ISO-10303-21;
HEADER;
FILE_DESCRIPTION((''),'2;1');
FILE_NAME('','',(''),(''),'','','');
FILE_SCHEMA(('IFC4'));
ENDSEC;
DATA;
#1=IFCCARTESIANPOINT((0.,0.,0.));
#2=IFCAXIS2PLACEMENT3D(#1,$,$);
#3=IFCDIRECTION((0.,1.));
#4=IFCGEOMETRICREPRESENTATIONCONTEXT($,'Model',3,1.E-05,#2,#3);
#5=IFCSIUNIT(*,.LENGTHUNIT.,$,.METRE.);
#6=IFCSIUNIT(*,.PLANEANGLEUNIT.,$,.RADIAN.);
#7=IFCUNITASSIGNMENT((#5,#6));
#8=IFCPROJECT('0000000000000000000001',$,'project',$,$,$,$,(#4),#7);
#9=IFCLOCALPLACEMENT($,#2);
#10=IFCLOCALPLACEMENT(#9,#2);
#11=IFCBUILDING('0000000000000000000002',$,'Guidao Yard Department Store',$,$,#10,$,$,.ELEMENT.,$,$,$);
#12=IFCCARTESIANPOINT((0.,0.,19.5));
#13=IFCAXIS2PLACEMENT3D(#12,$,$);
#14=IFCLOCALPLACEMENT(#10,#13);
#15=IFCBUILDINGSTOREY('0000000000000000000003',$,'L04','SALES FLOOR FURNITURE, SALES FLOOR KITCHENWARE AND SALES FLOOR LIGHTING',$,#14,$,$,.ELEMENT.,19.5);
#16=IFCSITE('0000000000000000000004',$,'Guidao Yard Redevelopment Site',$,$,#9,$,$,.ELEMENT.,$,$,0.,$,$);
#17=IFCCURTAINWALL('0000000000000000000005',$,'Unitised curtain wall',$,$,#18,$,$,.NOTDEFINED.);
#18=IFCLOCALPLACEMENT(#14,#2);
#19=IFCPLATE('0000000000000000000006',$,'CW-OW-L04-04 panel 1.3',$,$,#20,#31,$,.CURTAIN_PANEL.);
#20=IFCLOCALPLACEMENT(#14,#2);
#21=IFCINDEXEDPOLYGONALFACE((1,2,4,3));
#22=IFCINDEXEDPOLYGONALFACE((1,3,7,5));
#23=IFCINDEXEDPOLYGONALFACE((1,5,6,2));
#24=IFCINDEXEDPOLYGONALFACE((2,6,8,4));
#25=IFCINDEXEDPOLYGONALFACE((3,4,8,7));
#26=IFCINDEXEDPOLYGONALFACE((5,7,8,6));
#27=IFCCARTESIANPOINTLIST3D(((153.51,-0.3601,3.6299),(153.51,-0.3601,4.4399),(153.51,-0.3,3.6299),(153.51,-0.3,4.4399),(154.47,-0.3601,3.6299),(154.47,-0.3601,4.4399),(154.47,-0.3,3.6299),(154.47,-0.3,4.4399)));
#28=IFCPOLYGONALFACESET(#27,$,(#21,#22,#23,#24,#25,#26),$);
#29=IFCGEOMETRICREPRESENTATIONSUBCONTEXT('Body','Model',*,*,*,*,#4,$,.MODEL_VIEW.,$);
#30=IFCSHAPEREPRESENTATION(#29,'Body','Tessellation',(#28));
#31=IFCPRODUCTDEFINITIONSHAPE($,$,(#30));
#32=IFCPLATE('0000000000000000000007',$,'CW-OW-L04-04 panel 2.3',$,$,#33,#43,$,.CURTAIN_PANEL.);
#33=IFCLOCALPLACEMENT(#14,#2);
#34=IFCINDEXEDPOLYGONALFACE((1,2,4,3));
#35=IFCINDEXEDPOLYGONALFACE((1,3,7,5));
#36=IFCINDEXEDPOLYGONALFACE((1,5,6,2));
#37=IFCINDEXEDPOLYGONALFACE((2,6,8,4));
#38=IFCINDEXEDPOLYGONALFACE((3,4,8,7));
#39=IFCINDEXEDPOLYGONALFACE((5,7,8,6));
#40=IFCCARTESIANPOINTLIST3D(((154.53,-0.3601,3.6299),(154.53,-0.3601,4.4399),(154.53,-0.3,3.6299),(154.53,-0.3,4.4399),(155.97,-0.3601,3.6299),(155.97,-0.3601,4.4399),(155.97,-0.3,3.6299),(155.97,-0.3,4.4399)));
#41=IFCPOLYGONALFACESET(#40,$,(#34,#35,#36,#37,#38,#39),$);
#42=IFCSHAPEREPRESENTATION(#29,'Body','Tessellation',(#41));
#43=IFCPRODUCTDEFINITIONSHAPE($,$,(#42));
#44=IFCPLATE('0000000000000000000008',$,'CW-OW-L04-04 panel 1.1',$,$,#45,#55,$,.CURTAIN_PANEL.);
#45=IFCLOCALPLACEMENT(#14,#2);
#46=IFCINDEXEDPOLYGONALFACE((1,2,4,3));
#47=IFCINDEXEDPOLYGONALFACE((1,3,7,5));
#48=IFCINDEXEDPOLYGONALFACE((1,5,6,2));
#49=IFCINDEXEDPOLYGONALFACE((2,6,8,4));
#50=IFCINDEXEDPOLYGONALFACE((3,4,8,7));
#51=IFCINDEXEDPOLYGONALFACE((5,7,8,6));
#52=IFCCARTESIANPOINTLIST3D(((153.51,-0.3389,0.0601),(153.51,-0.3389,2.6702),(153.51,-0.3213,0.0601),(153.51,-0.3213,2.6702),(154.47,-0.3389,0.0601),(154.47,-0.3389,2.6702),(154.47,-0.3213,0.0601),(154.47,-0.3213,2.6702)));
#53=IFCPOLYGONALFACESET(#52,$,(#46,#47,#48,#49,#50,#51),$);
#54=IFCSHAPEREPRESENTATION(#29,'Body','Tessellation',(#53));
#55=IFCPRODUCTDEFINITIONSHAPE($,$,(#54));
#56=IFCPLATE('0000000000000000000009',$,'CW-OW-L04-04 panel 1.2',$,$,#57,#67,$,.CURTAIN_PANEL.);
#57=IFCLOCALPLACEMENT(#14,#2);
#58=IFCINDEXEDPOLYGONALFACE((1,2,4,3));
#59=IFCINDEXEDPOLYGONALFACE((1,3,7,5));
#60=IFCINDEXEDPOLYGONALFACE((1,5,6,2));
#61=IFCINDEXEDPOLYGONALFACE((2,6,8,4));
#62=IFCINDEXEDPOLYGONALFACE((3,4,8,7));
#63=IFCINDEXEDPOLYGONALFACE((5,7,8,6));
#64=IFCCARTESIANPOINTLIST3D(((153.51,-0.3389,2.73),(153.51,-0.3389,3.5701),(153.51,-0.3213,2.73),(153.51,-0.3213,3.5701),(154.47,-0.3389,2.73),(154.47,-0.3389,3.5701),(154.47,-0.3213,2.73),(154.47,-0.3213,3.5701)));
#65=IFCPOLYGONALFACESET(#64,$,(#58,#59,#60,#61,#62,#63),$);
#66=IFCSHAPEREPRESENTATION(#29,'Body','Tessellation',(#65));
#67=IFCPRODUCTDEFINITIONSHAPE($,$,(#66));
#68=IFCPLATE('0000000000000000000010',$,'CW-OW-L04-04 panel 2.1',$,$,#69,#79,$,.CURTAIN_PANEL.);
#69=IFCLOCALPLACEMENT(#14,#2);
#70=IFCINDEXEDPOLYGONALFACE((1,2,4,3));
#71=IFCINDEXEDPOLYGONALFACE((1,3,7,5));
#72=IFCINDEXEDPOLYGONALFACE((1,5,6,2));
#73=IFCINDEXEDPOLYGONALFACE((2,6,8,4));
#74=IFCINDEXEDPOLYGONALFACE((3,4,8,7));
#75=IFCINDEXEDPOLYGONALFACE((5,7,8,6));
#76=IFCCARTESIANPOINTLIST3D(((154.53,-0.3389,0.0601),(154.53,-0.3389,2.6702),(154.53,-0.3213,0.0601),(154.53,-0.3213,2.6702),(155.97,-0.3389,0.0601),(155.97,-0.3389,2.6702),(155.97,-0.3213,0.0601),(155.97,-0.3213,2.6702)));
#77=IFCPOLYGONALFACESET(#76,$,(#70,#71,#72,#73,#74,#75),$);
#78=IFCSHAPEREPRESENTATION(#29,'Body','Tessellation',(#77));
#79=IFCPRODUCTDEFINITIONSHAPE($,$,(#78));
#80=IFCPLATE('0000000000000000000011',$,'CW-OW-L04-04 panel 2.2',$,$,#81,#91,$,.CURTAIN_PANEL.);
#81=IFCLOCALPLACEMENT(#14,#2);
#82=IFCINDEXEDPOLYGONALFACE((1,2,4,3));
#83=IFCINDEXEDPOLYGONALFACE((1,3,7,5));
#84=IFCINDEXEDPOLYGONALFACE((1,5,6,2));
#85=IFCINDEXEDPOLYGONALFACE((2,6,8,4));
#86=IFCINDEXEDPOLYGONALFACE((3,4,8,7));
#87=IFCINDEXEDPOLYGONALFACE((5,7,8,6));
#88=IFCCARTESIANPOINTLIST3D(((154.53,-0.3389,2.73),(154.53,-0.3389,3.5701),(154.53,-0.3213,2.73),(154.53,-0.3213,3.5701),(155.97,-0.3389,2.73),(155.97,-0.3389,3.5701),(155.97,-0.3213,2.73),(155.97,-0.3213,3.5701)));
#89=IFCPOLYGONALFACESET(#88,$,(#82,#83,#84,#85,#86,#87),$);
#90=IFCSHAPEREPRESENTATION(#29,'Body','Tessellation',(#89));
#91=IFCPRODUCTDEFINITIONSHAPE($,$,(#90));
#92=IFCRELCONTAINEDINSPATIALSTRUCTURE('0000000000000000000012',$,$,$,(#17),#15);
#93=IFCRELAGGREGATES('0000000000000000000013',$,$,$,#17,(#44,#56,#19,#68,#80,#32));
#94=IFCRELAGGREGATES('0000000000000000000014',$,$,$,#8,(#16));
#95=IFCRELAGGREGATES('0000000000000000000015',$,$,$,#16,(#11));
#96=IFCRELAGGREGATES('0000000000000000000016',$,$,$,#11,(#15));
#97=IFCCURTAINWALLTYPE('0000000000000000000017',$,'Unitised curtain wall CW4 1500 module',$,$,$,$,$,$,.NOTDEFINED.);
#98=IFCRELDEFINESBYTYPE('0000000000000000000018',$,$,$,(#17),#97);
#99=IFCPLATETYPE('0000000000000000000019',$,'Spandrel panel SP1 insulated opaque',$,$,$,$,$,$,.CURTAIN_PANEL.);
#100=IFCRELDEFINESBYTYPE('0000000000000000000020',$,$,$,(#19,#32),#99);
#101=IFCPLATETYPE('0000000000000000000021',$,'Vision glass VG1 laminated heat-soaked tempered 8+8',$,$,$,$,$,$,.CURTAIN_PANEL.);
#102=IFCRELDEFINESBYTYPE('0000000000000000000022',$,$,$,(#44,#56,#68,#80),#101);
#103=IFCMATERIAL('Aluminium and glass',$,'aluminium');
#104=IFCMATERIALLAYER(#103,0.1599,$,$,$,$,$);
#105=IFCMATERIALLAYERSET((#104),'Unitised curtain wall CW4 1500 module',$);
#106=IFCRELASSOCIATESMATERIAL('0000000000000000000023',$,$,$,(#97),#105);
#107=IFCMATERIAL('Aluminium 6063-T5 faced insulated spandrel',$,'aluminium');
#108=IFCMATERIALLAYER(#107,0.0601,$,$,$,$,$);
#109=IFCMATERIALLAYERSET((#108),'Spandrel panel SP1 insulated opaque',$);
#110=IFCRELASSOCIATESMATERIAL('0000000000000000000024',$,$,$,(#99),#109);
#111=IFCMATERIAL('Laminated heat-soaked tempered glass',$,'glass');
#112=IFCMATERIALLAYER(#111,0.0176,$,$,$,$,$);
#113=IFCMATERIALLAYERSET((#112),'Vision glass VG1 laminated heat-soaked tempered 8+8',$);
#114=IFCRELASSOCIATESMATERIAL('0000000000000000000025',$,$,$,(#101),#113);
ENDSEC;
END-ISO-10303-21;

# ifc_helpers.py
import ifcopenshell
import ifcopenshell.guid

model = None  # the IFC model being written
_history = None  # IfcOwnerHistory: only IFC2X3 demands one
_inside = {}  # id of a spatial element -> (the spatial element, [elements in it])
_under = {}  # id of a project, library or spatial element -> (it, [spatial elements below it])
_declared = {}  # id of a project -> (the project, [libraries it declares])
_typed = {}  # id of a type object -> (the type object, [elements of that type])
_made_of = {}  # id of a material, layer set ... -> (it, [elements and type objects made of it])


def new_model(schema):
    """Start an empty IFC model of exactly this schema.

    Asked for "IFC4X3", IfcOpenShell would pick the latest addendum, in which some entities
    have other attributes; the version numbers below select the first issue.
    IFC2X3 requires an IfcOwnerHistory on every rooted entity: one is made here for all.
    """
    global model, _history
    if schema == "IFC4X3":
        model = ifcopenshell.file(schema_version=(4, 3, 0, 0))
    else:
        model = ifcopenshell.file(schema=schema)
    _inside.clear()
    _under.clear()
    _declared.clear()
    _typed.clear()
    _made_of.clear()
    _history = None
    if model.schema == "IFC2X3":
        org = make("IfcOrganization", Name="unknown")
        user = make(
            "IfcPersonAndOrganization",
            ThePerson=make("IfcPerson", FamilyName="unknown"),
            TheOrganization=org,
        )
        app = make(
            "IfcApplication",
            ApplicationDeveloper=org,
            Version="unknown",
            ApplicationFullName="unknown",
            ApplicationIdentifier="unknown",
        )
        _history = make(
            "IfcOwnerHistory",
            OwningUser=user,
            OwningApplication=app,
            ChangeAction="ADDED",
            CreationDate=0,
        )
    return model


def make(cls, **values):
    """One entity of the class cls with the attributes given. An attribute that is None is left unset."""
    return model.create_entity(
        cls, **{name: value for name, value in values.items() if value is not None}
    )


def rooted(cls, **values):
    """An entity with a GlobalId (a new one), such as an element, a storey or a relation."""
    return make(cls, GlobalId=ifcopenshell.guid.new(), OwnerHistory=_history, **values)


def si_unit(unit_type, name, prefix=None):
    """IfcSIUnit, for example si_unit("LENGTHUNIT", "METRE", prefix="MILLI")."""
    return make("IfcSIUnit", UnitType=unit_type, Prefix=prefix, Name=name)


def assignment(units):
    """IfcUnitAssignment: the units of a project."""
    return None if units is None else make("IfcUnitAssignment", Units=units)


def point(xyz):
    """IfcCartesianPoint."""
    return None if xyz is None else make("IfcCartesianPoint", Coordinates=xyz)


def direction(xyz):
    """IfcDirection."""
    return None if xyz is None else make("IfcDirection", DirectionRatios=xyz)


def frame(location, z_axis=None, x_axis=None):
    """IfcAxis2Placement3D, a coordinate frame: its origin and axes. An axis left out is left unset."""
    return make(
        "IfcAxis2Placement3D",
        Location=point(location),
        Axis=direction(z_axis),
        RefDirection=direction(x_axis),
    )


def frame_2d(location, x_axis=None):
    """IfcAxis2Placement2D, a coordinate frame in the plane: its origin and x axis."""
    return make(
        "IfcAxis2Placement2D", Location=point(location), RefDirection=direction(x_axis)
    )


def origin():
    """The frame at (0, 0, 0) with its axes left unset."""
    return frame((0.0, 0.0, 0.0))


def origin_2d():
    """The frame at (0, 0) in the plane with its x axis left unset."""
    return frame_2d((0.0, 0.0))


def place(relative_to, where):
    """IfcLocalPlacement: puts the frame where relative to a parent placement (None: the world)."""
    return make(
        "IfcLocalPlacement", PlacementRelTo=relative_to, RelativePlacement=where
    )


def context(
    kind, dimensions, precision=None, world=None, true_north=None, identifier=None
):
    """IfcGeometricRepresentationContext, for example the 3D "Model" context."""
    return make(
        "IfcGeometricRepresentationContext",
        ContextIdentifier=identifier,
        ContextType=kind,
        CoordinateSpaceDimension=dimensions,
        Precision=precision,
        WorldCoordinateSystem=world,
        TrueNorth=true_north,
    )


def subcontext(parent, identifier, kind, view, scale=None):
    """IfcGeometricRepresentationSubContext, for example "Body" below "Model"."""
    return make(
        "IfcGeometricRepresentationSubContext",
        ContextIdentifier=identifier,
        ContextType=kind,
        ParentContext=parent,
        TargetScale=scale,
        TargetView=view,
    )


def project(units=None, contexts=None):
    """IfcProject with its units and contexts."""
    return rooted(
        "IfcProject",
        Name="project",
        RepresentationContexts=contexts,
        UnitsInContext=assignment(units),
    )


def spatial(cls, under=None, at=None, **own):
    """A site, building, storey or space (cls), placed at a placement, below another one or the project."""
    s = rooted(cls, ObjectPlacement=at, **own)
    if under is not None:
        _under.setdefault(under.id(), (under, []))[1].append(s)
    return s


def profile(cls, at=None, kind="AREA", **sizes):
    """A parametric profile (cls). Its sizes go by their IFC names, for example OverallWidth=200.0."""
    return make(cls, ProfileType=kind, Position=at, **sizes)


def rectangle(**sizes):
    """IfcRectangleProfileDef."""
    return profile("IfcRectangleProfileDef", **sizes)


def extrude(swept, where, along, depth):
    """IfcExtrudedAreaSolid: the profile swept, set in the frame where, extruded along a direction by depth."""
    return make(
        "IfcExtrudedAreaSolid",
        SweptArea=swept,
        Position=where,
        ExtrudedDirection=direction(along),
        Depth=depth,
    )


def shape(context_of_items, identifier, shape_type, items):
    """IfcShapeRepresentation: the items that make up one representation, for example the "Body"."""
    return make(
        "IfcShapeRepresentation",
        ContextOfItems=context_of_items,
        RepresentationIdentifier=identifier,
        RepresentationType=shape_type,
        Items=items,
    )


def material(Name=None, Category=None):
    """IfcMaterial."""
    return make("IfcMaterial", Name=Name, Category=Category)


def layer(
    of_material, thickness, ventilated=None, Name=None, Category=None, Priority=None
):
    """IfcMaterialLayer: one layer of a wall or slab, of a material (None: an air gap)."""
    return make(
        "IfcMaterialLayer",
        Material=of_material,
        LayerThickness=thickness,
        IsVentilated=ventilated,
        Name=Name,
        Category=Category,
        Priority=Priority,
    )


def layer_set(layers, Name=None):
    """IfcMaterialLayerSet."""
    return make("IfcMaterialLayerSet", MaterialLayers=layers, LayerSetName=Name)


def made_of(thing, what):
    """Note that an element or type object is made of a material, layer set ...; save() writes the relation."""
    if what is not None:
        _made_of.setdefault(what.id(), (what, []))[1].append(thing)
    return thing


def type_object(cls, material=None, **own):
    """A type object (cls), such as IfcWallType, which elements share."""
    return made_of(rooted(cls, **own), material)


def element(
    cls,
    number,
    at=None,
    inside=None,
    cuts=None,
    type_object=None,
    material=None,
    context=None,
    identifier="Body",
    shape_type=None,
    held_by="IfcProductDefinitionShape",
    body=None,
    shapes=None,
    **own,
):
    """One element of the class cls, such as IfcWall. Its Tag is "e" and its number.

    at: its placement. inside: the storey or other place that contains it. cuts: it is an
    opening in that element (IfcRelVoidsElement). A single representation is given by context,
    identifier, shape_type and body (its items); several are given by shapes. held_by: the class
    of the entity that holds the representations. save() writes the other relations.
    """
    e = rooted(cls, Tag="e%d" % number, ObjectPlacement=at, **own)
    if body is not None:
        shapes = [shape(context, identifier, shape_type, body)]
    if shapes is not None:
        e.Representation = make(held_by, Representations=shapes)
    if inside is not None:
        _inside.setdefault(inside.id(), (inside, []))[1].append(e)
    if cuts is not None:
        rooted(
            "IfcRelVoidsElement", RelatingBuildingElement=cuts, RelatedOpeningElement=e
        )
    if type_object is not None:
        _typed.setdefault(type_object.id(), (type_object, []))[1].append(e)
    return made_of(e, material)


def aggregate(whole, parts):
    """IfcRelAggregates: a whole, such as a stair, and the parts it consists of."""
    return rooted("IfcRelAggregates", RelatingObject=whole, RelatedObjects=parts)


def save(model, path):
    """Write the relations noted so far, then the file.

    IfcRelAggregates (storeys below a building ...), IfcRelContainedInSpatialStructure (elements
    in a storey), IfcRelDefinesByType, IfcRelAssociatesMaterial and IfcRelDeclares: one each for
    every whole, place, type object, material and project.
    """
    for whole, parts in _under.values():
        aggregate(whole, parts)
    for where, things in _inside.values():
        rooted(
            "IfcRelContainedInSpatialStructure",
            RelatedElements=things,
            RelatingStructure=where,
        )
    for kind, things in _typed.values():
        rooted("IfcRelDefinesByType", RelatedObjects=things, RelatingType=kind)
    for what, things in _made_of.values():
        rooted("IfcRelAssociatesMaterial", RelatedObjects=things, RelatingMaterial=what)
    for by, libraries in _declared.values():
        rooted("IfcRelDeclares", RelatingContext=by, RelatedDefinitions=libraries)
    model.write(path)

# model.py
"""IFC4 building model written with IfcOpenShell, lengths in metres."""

from ifc_helpers import new_model, si_unit, direction, frame, origin, origin_2d, place, context, subcontext, project, spatial, rectangle, extrude, material, layer, layer_set, type_object, element, aggregate, save


model = new_model("IFC4")

# Units and contexts
model_context = context("Model", 3, precision=1e-05, world=origin(), true_north=direction((0.0, 1.0)))
body_context = subcontext(model_context, "Body", "Model", "MODEL_VIEW")
ifc_project = project(units=[si_unit("LENGTHUNIT", "METRE"), si_unit("PLANEANGLEUNIT", "RADIAN")], contexts=[model_context])

# Site, building, storey
site_placement = place(None, origin())
site = spatial("IfcSite", under=ifc_project, at=site_placement, Name="Guidao Yard Redevelopment Site", CompositionType="ELEMENT", RefElevation=0.0)
building_placement = place(site_placement, origin())
building = spatial("IfcBuilding", under=site, at=building_placement, Name="Guidao Yard Department Store", CompositionType="ELEMENT")
storey_placement = place(building_placement, frame((0.0, 0.0, 19.5)))
storey = spatial("IfcBuildingStorey", under=building, at=storey_placement, Name="L04", Description="SALES FLOOR FURNITURE, SALES FLOOR KITCHENWARE AND SALES FLOOR LIGHTING", CompositionType="ELEMENT", Elevation=19.5)

# Shared definitions
ifc_material_1 = material(Name="Aluminium and glass", Category="aluminium")
ifc_layer_1 = layer(ifc_material_1, 0.1599)
ifc_layer_set_1 = layer_set([ifc_layer_1], Name="Unitised curtain wall CW4 1500 module")
curtain_wall_type = type_object("IfcCurtainWallType", Name="Unitised curtain wall CW4 1500 module", PredefinedType="NOTDEFINED", material=ifc_layer_set_1)

# Curtain wall
curtain_wall_1_placement = place(storey_placement, origin())
curtain_wall_1 = element("IfcCurtainWall", 1, at=curtain_wall_1_placement, inside=storey, type_object=curtain_wall_type, Name="Unitised curtain wall", PredefinedType="NOTDEFINED")

# Plates
ifc_material_2 = material(Name="Aluminium 6063-T5 faced insulated spandrel", Category="aluminium")
ifc_layer_2 = layer(ifc_material_2, 0.0601)
ifc_layer_set_2 = layer_set([ifc_layer_2], Name="Spandrel panel SP1 insulated opaque")
plate_type_1 = type_object("IfcPlateType", Name="Spandrel panel SP1 insulated opaque", PredefinedType="CURTAIN_PANEL", material=ifc_layer_set_2)
plate_1_placement = place(storey_placement, frame((153.99, -0.3301, 3.6299), z_axis=(0.0, 0.0, 1.0), x_axis=(-1.0, 0.0, 0.0)))
plate_1 = element("IfcPlate", 2, at=plate_1_placement, type_object=plate_type_1, Name="CW-OW-L04-04 panel 1.3", PredefinedType="CURTAIN_PANEL", context=body_context, shape_type="SweptSolid", body=[
    extrude(rectangle(XDim=0.96, YDim=0.0601, at=origin_2d()), origin(), (0.0, 0.0, 1.0), 0.8101),
])
plate_2_placement = place(storey_placement, frame((155.25, -0.3301, 3.6299), z_axis=(0.0, 0.0, 1.0), x_axis=(-1.0, 0.0, 0.0)))
plate_2 = element("IfcPlate", 3, at=plate_2_placement, type_object=plate_type_1, Name="CW-OW-L04-04 panel 2.3", PredefinedType="CURTAIN_PANEL", context=body_context, shape_type="SweptSolid", body=[
    extrude(rectangle(XDim=1.4399, YDim=0.0601, at=origin_2d()), origin(), (0.0, 0.0, 1.0), 0.8101),
])
ifc_material_3 = material(Name="Laminated heat-soaked tempered glass", Category="glass")
ifc_layer_3 = layer(ifc_material_3, 0.0176)
ifc_layer_set_3 = layer_set([ifc_layer_3], Name="Vision glass VG1 laminated heat-soaked tempered 8+8")
plate_type_2 = type_object("IfcPlateType", Name="Vision glass VG1 laminated heat-soaked tempered 8+8", PredefinedType="CURTAIN_PANEL", material=ifc_layer_set_3)
plate_3_placement = place(storey_placement, frame((153.99, -0.3301, 0.0601), z_axis=(0.0, 0.0, 1.0), x_axis=(-1.0, 0.0, 0.0)))
plate_3 = element("IfcPlate", 4, at=plate_3_placement, type_object=plate_type_2, Name="CW-OW-L04-04 panel 1.1", PredefinedType="CURTAIN_PANEL", context=body_context, shape_type="SweptSolid", body=[
    extrude(rectangle(XDim=0.96, YDim=0.0176, at=origin_2d()), origin(), (0.0, 0.0, 1.0), 2.6101),
])
plate_4_placement = place(storey_placement, frame((153.99, -0.3301, 2.73), z_axis=(0.0, 0.0, 1.0), x_axis=(-1.0, 0.0, 0.0)))
plate_4 = element("IfcPlate", 5, at=plate_4_placement, type_object=plate_type_2, Name="CW-OW-L04-04 panel 1.2", PredefinedType="CURTAIN_PANEL", context=body_context, shape_type="SweptSolid", body=[
    extrude(rectangle(XDim=0.96, YDim=0.0176, at=origin_2d()), origin(), (0.0, 0.0, 1.0), 0.8401),
])
plate_5_placement = place(storey_placement, frame((155.25, -0.3301, 0.0601), z_axis=(0.0, 0.0, 1.0), x_axis=(-1.0, 0.0, 0.0)))
plate_5 = element("IfcPlate", 6, at=plate_5_placement, type_object=plate_type_2, Name="CW-OW-L04-04 panel 2.1", PredefinedType="CURTAIN_PANEL", context=body_context, shape_type="SweptSolid", body=[
    extrude(rectangle(XDim=1.4399, YDim=0.0176, at=origin_2d()), origin(), (0.0, 0.0, 1.0), 2.6101),
])
plate_6_placement = place(storey_placement, frame((155.25, -0.3301, 2.73), z_axis=(0.0, 0.0, 1.0), x_axis=(-1.0, 0.0, 0.0)))
plate_6 = element("IfcPlate", 7, at=plate_6_placement, type_object=plate_type_2, Name="CW-OW-L04-04 panel 2.2", PredefinedType="CURTAIN_PANEL", context=body_context, shape_type="SweptSolid", body=[
    extrude(rectangle(XDim=1.4399, YDim=0.0176, at=origin_2d()), origin(), (0.0, 0.0, 1.0), 0.8401),
])
aggregate(curtain_wall_1, [plate_3, plate_4, plate_1, plate_5, plate_6, plate_2])

save(model, "model.ifc")
